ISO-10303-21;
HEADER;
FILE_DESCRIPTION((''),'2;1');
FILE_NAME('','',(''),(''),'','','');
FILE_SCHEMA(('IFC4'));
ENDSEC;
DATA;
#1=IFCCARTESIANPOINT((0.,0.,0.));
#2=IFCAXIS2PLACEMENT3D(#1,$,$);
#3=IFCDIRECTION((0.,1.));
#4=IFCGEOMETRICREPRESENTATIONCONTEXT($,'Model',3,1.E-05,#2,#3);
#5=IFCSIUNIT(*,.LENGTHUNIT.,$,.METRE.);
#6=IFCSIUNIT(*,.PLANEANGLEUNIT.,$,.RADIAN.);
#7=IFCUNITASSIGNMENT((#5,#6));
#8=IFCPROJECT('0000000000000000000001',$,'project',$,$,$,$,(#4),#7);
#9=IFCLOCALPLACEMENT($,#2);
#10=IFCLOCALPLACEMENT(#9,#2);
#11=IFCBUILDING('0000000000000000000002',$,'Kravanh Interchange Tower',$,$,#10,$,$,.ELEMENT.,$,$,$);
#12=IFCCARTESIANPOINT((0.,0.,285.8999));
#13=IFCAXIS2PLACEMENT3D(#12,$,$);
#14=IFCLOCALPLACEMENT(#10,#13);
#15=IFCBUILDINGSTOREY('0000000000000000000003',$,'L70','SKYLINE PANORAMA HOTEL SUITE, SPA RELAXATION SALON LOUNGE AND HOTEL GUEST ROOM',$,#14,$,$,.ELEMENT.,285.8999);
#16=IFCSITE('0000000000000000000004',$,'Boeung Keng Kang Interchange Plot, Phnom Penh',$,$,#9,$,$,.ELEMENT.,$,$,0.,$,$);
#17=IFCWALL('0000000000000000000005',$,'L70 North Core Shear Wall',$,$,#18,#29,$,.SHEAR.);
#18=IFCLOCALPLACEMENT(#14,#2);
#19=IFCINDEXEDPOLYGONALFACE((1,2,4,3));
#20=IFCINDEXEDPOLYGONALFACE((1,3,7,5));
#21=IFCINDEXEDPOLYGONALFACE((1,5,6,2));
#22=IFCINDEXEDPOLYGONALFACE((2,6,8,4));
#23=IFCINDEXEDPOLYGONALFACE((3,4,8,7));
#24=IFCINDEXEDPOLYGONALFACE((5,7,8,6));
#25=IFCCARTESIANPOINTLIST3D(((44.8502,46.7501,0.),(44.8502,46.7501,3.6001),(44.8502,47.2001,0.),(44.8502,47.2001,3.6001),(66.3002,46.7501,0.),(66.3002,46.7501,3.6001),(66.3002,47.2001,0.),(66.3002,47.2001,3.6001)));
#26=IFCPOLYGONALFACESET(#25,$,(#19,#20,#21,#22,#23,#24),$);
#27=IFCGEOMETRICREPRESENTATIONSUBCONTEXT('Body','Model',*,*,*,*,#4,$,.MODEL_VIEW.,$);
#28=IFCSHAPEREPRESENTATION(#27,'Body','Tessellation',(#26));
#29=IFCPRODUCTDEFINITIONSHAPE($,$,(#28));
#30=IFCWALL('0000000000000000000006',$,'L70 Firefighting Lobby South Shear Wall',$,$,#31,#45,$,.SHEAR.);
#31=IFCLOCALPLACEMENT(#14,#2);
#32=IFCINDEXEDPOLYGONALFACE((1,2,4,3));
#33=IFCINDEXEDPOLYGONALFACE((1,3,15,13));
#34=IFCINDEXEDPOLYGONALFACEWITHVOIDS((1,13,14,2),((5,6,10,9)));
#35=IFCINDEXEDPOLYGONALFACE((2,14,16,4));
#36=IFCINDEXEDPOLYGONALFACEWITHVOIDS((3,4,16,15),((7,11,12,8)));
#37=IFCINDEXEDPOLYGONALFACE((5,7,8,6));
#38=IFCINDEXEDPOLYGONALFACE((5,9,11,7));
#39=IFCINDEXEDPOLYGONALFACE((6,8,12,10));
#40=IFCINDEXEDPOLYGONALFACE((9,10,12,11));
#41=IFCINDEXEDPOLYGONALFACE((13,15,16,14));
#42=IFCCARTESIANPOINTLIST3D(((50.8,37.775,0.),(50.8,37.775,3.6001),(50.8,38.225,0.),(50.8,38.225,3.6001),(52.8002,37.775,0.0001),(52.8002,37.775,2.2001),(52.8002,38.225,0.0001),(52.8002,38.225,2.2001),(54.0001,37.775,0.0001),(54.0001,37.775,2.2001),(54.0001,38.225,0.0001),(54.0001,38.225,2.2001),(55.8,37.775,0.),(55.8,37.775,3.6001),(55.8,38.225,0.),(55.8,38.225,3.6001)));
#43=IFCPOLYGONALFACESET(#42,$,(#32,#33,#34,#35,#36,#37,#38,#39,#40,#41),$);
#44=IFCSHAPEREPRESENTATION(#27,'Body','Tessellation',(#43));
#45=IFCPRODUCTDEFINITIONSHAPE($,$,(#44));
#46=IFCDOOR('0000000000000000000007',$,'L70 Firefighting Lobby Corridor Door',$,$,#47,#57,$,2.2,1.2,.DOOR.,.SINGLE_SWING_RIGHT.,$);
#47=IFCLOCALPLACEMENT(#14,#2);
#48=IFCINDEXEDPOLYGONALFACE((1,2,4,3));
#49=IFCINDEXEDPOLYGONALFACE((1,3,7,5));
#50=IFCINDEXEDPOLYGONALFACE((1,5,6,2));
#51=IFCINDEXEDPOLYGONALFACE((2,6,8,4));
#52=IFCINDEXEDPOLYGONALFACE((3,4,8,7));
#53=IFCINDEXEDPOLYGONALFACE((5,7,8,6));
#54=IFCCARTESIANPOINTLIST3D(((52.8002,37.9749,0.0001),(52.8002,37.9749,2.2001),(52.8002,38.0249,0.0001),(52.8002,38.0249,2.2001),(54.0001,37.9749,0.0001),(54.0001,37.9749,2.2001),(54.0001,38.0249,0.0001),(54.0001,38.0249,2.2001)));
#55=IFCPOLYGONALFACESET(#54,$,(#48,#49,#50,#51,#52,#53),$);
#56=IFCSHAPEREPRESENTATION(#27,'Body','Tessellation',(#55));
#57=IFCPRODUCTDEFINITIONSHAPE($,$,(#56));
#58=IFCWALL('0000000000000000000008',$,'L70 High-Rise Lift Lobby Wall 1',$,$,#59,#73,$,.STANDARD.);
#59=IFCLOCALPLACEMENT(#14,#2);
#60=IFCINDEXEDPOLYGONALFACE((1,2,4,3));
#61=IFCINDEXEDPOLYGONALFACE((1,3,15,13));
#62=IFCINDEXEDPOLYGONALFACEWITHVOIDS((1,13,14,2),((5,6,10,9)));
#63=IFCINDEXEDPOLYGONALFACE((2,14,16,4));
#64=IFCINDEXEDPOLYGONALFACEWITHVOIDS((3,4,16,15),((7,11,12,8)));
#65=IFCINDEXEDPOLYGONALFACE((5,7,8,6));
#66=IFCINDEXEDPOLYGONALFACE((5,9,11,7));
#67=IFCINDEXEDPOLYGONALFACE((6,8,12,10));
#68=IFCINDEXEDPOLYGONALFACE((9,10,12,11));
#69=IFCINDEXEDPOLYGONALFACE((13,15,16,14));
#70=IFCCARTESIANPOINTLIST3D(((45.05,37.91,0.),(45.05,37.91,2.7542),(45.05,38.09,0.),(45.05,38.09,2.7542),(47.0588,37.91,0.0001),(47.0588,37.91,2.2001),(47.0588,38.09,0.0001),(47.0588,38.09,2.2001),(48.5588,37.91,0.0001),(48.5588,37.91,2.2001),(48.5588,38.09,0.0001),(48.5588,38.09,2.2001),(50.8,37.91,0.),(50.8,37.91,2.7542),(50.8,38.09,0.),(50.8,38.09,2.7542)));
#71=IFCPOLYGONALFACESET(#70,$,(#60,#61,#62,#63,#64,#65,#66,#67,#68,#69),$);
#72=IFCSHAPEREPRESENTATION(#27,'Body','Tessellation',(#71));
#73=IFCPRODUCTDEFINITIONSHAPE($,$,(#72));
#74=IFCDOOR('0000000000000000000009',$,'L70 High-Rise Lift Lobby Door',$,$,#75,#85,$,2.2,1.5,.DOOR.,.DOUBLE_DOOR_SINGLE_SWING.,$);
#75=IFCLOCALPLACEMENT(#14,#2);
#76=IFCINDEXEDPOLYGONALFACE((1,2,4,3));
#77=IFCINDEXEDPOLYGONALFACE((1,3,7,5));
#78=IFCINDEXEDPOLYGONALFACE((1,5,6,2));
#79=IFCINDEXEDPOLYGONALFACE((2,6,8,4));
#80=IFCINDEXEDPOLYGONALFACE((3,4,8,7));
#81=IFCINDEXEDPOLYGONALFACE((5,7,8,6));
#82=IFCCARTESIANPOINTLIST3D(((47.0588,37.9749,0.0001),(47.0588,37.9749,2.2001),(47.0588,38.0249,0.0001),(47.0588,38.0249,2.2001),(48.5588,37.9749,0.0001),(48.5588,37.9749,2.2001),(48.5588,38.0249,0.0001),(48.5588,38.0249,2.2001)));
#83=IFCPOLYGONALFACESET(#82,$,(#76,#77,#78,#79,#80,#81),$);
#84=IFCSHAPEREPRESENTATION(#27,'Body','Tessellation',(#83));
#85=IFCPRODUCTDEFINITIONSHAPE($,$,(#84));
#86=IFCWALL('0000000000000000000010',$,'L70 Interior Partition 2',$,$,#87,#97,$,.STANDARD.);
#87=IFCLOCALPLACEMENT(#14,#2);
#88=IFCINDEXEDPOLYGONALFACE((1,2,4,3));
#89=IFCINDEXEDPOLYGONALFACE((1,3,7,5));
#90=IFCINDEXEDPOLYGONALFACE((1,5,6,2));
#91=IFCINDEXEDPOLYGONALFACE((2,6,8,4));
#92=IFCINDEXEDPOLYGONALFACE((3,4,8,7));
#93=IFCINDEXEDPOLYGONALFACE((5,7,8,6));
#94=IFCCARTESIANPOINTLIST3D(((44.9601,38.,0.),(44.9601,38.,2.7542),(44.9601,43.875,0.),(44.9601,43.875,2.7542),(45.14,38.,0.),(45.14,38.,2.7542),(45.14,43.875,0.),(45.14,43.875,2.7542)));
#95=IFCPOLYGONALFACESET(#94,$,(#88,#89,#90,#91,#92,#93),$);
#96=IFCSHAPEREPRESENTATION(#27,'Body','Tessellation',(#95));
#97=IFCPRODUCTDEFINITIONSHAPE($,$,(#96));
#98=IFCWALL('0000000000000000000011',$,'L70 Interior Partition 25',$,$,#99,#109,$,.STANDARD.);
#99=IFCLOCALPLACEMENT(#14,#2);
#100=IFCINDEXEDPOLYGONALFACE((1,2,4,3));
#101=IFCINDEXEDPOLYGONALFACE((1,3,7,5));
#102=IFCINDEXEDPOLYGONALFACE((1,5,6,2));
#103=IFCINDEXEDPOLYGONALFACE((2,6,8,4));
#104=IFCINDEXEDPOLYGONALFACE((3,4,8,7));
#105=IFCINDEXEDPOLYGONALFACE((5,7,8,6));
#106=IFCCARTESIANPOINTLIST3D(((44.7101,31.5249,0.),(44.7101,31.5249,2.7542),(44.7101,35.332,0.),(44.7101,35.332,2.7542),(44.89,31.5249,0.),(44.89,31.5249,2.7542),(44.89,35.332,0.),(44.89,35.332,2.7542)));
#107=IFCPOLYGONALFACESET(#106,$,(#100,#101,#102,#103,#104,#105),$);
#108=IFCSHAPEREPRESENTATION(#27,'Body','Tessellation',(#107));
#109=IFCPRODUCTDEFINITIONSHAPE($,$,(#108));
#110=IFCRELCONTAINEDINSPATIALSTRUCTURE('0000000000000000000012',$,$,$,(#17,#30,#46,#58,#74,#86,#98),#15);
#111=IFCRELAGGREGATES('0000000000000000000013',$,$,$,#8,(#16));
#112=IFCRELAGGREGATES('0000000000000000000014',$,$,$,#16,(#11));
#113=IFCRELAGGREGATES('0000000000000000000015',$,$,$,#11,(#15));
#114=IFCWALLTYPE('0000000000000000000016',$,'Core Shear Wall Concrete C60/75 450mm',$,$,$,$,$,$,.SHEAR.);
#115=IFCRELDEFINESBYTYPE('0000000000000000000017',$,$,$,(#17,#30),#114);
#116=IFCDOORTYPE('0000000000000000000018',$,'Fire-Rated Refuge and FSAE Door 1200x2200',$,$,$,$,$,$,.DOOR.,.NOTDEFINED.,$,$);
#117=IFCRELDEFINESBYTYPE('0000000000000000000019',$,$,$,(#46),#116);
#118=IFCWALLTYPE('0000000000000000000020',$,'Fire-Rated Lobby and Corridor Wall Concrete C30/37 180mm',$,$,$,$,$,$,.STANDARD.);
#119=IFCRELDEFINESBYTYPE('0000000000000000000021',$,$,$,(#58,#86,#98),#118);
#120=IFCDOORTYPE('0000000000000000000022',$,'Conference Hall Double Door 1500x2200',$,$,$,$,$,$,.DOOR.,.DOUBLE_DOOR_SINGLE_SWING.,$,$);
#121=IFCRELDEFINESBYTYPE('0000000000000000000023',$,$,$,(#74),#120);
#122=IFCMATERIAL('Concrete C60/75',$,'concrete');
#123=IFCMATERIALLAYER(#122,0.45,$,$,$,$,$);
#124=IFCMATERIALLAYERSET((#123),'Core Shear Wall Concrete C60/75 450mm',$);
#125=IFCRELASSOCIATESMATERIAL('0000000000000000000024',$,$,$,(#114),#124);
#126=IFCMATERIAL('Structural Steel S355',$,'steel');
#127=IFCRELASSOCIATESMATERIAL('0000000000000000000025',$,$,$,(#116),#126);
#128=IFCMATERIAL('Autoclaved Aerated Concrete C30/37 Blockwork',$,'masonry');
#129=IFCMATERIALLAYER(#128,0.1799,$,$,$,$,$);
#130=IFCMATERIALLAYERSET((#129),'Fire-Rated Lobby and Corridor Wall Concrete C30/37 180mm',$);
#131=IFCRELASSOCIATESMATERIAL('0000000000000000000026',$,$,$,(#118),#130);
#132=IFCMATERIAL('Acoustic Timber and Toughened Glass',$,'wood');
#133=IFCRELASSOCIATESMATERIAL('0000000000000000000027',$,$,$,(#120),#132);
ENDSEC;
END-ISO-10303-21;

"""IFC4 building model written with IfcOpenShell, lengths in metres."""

from ifc_helpers import new_model, si_unit, direction, frame, frame_2d, origin, place, context, subcontext, project, spatial, rectangle, extrude, material, layer, layer_set, type_object, element, fill, save


model = new_model("IFC4")

# Units and contexts
model_context = context("Model", 3, precision=1e-05, world=origin(), true_north=direction((0.0, 1.0)))
body_context = subcontext(model_context, "Body", "Model", "MODEL_VIEW")
ifc_project = project(units=[si_unit("LENGTHUNIT", "METRE"), si_unit("PLANEANGLEUNIT", "RADIAN")], contexts=[model_context])

# Site, building, storey
site_placement = place(None, origin())
site = spatial("IfcSite", under=ifc_project, at=site_placement, Name="Boeung Keng Kang Interchange Plot, Phnom Penh", CompositionType="ELEMENT", RefElevation=0.0)
building_placement = place(site_placement, origin())
building = spatial("IfcBuilding", under=site, at=building_placement, Name="Kravanh Interchange Tower", CompositionType="ELEMENT")
storey_placement = place(building_placement, frame((0.0, 0.0, 285.8999)))
storey = spatial("IfcBuildingStorey", under=building, at=storey_placement, Name="L70", Description="SKYLINE PANORAMA HOTEL SUITE, SPA RELAXATION SALON LOUNGE AND HOTEL GUEST ROOM", CompositionType="ELEMENT", Elevation=285.8999)

# Wall
ifc_material_1 = material(Name="Concrete C60/75", Category="concrete")
ifc_layer_1 = layer(ifc_material_1, 0.45)
ifc_layer_set_1 = layer_set([ifc_layer_1], Name="Core Shear Wall Concrete C60/75 450mm")
wall_type_1 = type_object("IfcWallType", Name="Core Shear Wall Concrete C60/75 450mm", PredefinedType="SHEAR", material=ifc_layer_set_1)
wall_1_placement = place(storey_placement, frame((44.8501, 46.9751, 0.0), z_axis=(0.0, 0.0, 1.0), x_axis=(1.0, 0.0, 0.0)))
element("IfcWall", 1, at=wall_1_placement, inside=storey, type_object=wall_type_1, Name="L70 North Core Shear Wall", PredefinedType="SHEAR", context=body_context, shape_type="SweptSolid", body=[
    extrude(rectangle(XDim=21.45, YDim=0.45, at=frame_2d((10.7251, 0.0))), origin(), (0.0, 0.0, 1.0), 3.6001),
])

# Walls, openings, doors
wall_2_placement = place(storey_placement, frame((50.8, 38.0, 0.0), z_axis=(0.0, 0.0, 1.0), x_axis=(1.0, 0.0, 0.0)))
wall_2 = element("IfcWall", 2, at=wall_2_placement, inside=storey, type_object=wall_type_1, Name="L70 Firefighting Lobby South Shear Wall", PredefinedType="SHEAR", context=body_context, shape_type="SweptSolid", body=[
    extrude(rectangle(XDim=5.0, YDim=0.45, at=frame_2d((2.5, 0.0))), origin(), (0.0, 0.0, 1.0), 3.6001),
])
opening_1_placement = place(wall_2_placement, frame((2.0, 0.0, 0.0)))
opening_1 = element("IfcOpeningElement", 3, at=opening_1_placement, cuts=wall_2, PredefinedType="OPENING", context=body_context, shape_type="SweptSolid", body=[
    extrude(rectangle(XDim=1.2, YDim=2.2, at=frame_2d((0.6001, 1.1001))), frame((0.0, 0.2349, 0.0), z_axis=(0.0, -1.0, 0.0), x_axis=(1.0, 0.0, 0.0)), (0.0, 0.0, 1.0), 0.47),
])
ifc_material_2 = material(Name="Structural Steel S355", Category="steel")
door_type_1 = type_object("IfcDoorType", Name="Fire-Rated Refuge and FSAE Door 1200x2200", OperationType="NOTDEFINED", PredefinedType="DOOR", material=ifc_material_2)
door_1_placement = place(opening_1_placement, origin())
door_1 = element("IfcDoor", 4, at=door_1_placement, inside=storey, type_object=door_type_1, Name="L70 Firefighting Lobby Corridor Door", OperationType="SINGLE_SWING_RIGHT", OverallHeight=2.2, OverallWidth=1.2, PredefinedType="DOOR", context=body_context, shape_type="SweptSolid", body=[
    extrude(rectangle(XDim=1.2, YDim=2.2, at=frame_2d((0.6001, 1.1001))), frame((0.0, 0.0249, 0.0), z_axis=(0.0, -1.0, 0.0), x_axis=(1.0, 0.0, 0.0)), (0.0, 0.0, 1.0), 0.05),
])
fill(opening_1, door_1)
ifc_material_3 = material(Name="Autoclaved Aerated Concrete C30/37 Blockwork", Category="masonry")
ifc_layer_2 = layer(ifc_material_3, 0.1799)
ifc_layer_set_2 = layer_set([ifc_layer_2], Name="Fire-Rated Lobby and Corridor Wall Concrete C30/37 180mm")
wall_type_2 = type_object("IfcWallType", Name="Fire-Rated Lobby and Corridor Wall Concrete C30/37 180mm", PredefinedType="STANDARD", material=ifc_layer_set_2)
wall_3_placement = place(storey_placement, frame((45.05, 38.0, 0.0), z_axis=(0.0, 0.0, 1.0), x_axis=(1.0, 0.0, 0.0)))
wall_3 = element("IfcWall", 5, at=wall_3_placement, inside=storey, type_object=wall_type_2, Name="L70 High-Rise Lift Lobby Wall 1", PredefinedType="STANDARD", context=body_context, shape_type="SweptSolid", body=[
    extrude(rectangle(XDim=5.75, YDim=0.1799, at=frame_2d((2.875, 0.0))), origin(), (0.0, 0.0, 1.0), 2.7542),
])
opening_2_placement = place(wall_3_placement, frame((2.0088, 0.0, 0.0)))
opening_2 = element("IfcOpeningElement", 6, at=opening_2_placement, cuts=wall_3, PredefinedType="OPENING", context=body_context, shape_type="SweptSolid", body=[
    extrude(rectangle(XDim=1.5, YDim=2.2, at=frame_2d((0.75, 1.1001))), frame((0.0, 0.1001, 0.0), z_axis=(0.0, -1.0, 0.0), x_axis=(1.0, 0.0, 0.0)), (0.0, 0.0, 1.0), 0.2),
])
ifc_material_4 = material(Name="Acoustic Timber and Toughened Glass", Category="wood")
door_type_2 = type_object("IfcDoorType", Name="Conference Hall Double Door 1500x2200", OperationType="DOUBLE_DOOR_SINGLE_SWING", PredefinedType="DOOR", material=ifc_material_4)
door_2_placement = place(opening_2_placement, origin())
door_2 = element("IfcDoor", 7, at=door_2_placement, inside=storey, type_object=door_type_2, Name="L70 High-Rise Lift Lobby Door", OperationType="DOUBLE_DOOR_SINGLE_SWING", OverallHeight=2.2, OverallWidth=1.5, PredefinedType="DOOR", context=body_context, shape_type="SweptSolid", body=[
    extrude(rectangle(XDim=1.5, YDim=2.2, at=frame_2d((0.75, 1.1001))), frame((0.0, 0.0249, 0.0), z_axis=(0.0, -1.0, 0.0), x_axis=(1.0, 0.0, 0.0)), (0.0, 0.0, 1.0), 0.05),
])
fill(opening_2, door_2)

# Walls
wall_4_placement = place(storey_placement, frame((45.05, 38.0, 0.0), z_axis=(0.0, 0.0, 1.0), x_axis=(0.0, 1.0, 0.0)))
element("IfcWall", 8, at=wall_4_placement, inside=storey, type_object=wall_type_2, Name="L70 Interior Partition 2", PredefinedType="STANDARD", context=body_context, shape_type="SweptSolid", body=[
    extrude(rectangle(XDim=5.875, YDim=0.1799, at=frame_2d((2.9375, 0.0))), origin(), (0.0, 0.0, 1.0), 2.7542),
])
wall_5_placement = place(storey_placement, frame((44.8, 31.5249, 0.0), z_axis=(0.0, 0.0, 1.0), x_axis=(0.0, 1.0, 0.0)))
element("IfcWall", 9, at=wall_5_placement, inside=storey, type_object=wall_type_2, Name="L70 Interior Partition 25", PredefinedType="STANDARD", context=body_context, shape_type="SweptSolid", body=[
    extrude(rectangle(XDim=3.8071, YDim=0.1799, at=frame_2d((1.9036, 0.0))), origin(), (0.0, 0.0, 1.0), 2.7542),
])

save(model, "model.ifc")
